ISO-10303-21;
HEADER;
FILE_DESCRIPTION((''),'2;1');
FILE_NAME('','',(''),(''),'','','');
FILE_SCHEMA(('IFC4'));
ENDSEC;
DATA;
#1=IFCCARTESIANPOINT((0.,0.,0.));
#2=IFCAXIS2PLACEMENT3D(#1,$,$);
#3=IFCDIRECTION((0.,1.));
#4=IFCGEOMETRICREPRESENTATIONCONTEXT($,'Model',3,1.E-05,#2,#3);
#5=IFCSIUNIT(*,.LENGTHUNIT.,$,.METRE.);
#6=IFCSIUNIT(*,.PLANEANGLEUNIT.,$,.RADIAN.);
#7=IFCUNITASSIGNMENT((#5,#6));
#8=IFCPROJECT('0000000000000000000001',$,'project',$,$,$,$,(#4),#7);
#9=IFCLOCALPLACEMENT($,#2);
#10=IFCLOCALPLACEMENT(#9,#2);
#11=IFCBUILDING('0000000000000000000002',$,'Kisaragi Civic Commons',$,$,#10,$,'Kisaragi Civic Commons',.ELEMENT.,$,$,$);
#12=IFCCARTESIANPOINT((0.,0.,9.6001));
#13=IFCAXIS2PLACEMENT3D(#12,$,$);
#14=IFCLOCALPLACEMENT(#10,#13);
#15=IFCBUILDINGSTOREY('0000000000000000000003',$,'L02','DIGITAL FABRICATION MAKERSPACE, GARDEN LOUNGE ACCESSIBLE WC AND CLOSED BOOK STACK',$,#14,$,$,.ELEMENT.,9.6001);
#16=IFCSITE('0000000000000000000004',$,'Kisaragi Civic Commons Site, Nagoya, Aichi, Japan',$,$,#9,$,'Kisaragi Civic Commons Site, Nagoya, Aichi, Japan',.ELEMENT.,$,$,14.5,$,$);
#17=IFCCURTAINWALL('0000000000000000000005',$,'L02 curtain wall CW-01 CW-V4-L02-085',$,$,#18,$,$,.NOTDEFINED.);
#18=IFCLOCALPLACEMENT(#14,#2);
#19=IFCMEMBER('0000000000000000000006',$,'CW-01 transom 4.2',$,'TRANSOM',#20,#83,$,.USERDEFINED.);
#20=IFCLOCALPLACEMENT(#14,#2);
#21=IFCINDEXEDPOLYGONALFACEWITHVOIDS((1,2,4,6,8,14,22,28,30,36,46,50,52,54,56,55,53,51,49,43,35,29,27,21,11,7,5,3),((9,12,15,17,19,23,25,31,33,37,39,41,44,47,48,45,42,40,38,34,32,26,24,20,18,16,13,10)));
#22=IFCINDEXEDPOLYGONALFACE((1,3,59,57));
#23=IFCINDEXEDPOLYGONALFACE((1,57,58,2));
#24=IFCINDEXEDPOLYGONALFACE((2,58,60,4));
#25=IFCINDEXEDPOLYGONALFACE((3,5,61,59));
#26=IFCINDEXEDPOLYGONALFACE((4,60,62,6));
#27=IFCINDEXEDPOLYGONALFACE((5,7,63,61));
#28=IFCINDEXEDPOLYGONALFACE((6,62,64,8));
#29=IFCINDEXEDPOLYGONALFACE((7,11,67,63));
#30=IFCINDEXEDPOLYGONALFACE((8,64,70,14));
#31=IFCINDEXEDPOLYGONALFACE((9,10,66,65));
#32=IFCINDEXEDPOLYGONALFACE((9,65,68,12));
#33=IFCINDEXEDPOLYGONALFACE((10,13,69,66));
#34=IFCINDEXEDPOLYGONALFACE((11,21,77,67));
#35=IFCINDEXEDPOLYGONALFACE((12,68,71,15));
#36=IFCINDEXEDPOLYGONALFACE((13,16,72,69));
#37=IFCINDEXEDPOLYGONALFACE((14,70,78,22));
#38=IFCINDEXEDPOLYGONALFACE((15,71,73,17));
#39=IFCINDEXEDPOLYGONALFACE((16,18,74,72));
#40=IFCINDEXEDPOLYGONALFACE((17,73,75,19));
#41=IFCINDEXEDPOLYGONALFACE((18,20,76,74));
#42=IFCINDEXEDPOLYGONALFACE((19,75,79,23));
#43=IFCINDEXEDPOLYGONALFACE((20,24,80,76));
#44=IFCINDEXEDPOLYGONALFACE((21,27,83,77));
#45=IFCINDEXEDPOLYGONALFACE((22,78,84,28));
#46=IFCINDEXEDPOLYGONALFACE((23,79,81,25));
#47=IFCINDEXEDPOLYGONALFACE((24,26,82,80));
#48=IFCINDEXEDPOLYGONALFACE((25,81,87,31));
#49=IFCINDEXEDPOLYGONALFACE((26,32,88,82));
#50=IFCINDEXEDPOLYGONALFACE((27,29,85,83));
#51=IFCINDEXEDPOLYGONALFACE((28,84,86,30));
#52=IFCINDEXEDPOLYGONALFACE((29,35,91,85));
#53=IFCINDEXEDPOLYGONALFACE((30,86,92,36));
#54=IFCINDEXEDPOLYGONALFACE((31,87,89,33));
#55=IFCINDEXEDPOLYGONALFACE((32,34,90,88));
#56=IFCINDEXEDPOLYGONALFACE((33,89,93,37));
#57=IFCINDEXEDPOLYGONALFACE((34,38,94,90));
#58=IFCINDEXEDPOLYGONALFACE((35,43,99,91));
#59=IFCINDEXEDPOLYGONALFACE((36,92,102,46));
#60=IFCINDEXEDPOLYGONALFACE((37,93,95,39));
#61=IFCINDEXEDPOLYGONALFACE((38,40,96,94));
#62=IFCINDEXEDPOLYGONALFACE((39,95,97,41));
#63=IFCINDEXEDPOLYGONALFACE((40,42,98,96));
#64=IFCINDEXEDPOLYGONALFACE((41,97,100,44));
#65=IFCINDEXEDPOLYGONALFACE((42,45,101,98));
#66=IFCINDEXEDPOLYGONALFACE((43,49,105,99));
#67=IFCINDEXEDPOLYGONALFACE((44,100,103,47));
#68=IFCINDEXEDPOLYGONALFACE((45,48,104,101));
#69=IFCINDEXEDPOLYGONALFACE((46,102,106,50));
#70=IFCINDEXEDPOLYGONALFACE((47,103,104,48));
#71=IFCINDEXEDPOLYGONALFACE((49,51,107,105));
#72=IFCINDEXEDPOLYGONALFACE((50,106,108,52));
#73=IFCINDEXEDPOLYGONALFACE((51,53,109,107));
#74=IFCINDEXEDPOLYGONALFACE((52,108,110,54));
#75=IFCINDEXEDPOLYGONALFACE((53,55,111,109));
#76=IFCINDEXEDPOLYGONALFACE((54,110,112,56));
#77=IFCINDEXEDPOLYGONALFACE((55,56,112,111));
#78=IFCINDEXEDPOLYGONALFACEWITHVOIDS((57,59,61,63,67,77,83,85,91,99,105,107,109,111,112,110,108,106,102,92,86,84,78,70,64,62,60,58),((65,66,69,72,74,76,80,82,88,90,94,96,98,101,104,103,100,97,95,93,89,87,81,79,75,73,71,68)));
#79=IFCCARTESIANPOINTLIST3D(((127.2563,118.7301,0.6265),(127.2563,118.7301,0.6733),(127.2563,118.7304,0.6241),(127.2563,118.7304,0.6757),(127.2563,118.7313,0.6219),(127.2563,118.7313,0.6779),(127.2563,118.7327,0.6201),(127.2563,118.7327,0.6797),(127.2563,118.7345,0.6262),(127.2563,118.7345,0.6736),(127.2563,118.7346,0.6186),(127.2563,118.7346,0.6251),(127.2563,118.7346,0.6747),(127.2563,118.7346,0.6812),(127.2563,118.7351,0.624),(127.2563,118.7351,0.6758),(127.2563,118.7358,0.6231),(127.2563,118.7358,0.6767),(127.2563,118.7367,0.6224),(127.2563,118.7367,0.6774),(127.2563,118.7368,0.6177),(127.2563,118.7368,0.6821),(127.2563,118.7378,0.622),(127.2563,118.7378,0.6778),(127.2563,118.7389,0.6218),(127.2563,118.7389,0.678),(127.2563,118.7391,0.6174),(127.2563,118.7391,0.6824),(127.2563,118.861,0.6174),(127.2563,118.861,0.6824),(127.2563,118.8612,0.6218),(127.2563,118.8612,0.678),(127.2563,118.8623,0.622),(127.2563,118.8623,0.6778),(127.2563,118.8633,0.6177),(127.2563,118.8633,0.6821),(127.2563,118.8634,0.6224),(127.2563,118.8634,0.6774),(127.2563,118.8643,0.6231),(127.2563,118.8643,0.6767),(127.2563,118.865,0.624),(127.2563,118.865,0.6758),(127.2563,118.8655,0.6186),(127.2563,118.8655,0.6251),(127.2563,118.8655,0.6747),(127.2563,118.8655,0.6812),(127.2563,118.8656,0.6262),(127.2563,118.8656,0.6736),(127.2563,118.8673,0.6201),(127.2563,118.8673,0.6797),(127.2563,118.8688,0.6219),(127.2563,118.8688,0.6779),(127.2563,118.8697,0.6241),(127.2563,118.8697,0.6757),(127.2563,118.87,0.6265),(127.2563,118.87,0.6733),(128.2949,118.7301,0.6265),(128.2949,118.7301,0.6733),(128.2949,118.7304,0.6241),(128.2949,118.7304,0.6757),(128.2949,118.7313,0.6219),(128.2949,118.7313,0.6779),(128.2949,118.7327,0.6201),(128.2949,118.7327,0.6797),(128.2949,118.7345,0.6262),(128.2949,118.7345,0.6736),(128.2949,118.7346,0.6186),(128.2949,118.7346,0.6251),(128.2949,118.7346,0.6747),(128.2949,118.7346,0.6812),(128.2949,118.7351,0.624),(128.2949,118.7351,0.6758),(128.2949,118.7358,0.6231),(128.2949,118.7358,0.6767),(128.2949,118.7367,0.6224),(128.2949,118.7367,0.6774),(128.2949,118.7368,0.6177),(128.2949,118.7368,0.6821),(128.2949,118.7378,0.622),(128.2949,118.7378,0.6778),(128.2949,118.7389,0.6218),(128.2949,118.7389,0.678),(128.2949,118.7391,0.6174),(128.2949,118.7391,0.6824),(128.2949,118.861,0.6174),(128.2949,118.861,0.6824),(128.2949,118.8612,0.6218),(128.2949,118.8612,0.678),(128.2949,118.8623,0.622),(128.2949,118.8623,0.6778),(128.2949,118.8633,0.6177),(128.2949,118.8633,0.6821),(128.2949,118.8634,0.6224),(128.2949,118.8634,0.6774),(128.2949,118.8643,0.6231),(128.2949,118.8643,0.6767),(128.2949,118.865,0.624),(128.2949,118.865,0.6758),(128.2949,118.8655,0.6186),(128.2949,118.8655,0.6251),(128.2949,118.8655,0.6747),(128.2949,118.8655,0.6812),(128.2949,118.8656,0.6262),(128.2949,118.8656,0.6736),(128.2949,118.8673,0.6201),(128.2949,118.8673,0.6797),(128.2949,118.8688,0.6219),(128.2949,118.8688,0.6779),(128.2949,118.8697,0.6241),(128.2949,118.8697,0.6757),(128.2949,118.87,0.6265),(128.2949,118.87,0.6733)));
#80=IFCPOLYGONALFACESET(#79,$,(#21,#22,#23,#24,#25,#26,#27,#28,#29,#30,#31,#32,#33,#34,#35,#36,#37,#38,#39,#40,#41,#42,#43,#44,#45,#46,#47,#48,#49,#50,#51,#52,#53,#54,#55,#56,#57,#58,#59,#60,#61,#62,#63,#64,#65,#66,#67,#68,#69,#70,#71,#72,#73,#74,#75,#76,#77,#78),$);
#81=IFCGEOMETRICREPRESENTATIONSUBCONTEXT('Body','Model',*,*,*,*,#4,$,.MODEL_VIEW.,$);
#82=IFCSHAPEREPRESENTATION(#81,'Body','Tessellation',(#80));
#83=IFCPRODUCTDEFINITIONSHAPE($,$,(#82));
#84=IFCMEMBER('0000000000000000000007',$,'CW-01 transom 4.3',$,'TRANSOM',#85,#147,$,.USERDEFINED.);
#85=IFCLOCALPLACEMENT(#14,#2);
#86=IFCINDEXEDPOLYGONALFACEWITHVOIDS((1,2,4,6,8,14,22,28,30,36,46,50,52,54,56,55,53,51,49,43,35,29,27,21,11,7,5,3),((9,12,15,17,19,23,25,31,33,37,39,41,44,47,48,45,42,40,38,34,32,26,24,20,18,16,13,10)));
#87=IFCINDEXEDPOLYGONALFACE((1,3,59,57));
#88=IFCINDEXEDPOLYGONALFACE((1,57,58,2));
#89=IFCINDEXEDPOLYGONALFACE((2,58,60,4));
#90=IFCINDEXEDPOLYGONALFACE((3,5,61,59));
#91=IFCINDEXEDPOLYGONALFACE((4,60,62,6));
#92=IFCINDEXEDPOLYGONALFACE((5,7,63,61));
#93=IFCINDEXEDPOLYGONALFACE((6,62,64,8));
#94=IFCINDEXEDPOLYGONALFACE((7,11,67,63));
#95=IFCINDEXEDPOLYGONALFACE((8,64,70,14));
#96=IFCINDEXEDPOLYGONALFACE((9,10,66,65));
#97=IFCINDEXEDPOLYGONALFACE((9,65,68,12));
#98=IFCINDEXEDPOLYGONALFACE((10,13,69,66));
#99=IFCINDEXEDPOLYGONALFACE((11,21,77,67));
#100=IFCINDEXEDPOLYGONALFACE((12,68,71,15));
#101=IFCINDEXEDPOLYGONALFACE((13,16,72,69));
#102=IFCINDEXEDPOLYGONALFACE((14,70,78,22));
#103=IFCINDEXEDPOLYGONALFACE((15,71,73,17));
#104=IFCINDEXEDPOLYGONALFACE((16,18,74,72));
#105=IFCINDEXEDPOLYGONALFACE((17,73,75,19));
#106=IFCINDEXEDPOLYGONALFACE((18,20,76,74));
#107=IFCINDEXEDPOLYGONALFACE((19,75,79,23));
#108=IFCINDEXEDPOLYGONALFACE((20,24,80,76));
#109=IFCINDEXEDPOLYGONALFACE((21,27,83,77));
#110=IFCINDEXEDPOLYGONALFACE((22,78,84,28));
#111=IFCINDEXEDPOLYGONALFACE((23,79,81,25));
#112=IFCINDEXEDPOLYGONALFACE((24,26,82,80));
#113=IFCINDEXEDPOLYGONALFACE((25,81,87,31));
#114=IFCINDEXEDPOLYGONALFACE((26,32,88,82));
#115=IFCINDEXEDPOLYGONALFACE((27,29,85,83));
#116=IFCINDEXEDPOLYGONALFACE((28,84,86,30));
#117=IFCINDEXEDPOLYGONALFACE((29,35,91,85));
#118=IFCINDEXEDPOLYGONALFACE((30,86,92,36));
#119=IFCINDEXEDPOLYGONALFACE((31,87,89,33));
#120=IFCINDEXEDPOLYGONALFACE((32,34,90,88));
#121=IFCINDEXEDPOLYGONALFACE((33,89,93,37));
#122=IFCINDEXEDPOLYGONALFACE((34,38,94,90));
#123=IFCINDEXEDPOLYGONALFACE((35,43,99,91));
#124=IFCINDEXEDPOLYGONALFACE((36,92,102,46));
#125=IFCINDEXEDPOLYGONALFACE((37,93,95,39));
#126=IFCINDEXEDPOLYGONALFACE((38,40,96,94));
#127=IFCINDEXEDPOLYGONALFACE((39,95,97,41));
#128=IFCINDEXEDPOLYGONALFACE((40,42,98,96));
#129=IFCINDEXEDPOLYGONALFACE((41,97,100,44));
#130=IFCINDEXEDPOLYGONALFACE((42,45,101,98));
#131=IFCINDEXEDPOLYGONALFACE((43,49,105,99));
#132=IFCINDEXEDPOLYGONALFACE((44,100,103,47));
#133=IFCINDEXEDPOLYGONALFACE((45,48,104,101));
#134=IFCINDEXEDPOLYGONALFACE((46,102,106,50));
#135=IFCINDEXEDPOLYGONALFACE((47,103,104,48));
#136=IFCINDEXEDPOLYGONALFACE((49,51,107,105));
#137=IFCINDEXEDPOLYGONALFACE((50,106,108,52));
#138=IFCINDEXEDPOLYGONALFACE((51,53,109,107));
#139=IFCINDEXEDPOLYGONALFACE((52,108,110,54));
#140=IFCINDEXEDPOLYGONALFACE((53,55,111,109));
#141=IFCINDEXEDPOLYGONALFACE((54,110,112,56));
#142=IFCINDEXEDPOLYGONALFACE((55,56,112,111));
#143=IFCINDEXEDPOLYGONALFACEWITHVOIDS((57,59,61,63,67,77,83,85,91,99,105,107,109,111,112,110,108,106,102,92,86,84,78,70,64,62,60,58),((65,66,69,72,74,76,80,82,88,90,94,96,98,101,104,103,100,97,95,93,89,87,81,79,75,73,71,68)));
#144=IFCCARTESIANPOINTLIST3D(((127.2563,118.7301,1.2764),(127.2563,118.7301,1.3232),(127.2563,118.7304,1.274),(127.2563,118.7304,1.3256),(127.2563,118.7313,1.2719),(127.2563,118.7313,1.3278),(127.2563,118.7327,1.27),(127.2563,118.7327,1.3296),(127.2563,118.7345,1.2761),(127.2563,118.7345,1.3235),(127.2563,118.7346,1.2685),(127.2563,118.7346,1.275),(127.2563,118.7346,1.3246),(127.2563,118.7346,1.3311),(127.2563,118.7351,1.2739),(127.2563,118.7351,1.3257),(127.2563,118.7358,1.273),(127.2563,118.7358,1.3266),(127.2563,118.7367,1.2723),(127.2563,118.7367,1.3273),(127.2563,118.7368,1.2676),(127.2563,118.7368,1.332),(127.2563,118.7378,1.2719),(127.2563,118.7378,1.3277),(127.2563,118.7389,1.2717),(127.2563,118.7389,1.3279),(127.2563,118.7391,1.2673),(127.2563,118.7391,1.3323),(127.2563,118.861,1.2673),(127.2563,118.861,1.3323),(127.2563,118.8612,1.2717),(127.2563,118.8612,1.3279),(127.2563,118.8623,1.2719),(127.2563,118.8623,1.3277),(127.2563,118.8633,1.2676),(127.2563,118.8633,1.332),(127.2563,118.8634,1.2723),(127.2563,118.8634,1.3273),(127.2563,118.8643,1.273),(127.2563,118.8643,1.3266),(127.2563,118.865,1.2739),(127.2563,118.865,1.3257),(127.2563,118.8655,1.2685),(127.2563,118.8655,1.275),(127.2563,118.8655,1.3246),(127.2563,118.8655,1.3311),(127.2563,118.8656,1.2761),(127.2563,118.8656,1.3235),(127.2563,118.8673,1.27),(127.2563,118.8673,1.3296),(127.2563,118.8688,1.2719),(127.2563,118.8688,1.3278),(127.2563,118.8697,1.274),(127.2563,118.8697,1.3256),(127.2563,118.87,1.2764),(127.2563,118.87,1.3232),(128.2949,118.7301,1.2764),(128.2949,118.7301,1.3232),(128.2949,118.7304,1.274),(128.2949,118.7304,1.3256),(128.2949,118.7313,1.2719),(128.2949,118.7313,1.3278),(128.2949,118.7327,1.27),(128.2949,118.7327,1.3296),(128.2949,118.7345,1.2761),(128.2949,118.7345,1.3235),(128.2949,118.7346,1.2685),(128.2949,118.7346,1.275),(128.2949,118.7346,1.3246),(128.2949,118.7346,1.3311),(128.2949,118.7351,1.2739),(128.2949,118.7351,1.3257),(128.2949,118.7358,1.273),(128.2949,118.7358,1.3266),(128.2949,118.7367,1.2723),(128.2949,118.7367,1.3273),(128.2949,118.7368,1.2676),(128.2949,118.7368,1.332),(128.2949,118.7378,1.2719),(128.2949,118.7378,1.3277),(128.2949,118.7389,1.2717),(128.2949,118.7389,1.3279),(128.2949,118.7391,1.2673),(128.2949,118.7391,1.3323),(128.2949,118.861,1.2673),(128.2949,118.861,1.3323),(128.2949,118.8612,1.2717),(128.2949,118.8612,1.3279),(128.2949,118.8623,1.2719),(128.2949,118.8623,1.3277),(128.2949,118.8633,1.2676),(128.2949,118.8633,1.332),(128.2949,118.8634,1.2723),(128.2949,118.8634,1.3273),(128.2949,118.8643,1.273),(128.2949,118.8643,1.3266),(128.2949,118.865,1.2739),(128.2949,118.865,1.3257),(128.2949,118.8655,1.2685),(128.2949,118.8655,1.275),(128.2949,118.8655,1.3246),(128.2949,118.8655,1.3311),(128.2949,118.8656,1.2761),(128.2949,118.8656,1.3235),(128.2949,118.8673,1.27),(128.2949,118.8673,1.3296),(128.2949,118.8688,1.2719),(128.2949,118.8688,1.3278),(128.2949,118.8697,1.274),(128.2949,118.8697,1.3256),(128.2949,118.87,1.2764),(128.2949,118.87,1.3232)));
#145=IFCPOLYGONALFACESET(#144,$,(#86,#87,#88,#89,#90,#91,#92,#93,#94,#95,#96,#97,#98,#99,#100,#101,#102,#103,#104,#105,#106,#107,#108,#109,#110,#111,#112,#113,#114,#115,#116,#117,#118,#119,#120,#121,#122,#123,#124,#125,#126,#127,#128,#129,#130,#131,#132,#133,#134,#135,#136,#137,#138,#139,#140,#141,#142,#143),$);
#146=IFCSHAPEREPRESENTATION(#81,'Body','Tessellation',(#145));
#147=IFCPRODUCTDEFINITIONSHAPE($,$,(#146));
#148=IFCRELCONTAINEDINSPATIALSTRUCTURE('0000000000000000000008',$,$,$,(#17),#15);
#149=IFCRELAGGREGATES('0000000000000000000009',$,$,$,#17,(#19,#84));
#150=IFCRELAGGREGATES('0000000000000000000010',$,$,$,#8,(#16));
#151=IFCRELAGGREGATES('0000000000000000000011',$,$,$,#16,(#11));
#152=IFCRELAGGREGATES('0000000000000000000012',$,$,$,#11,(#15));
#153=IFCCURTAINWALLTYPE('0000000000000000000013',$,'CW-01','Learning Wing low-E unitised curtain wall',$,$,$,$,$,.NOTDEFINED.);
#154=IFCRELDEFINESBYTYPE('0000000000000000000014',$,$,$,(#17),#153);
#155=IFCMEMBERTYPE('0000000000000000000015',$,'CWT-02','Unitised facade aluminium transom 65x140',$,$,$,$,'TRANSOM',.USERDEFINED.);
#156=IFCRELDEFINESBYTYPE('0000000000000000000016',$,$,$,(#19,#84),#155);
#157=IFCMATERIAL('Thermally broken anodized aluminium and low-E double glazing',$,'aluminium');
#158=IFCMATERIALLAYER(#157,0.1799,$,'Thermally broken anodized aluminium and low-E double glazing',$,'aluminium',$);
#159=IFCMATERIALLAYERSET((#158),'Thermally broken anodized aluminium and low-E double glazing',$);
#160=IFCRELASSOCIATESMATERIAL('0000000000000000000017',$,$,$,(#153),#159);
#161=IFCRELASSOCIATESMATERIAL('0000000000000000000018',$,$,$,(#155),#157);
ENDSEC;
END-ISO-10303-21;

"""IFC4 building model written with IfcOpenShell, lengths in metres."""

from ifc_helpers import new_model, si_unit, direction, frame, origin, origin_2d, place, context, subcontext, project, spatial, hollow_rectangle, extrude, material, layer, layer_set, material_profile, profile_set, type_object, element, aggregate, save


model = new_model("IFC4")

# Units and contexts
model_context = context("Model", 3, precision=1e-05, world=origin(), true_north=direction((0.0, 1.0)))
body_context = subcontext(model_context, "Body", "Model", "MODEL_VIEW")
ifc_project = project(units=[si_unit("LENGTHUNIT", "METRE"), si_unit("PLANEANGLEUNIT", "RADIAN")], contexts=[model_context])

# Site, building, storey
site_placement = place(None, origin())
site = spatial("IfcSite", under=ifc_project, at=site_placement, Name="Kisaragi Civic Commons Site, Nagoya, Aichi, Japan", LongName="Kisaragi Civic Commons Site, Nagoya, Aichi, Japan", CompositionType="ELEMENT", RefElevation=14.5)
building_placement = place(site_placement, origin())
building = spatial("IfcBuilding", under=site, at=building_placement, Name="Kisaragi Civic Commons", LongName="Kisaragi Civic Commons", CompositionType="ELEMENT")
storey_placement = place(building_placement, frame((0.0, 0.0, 9.6001)))
storey = spatial("IfcBuildingStorey", under=building, at=storey_placement, Name="L02", Description="DIGITAL FABRICATION MAKERSPACE, GARDEN LOUNGE ACCESSIBLE WC AND CLOSED BOOK STACK", CompositionType="ELEMENT", Elevation=9.6001)

# Curtain wall
ifc_material_1 = material(Name="Thermally broken anodized aluminium and low-E double glazing", Category="aluminium")
ifc_layer_1 = layer(ifc_material_1, 0.1799, Name="Thermally broken anodized aluminium and low-E double glazing", Category="aluminium")
ifc_layer_set_1 = layer_set([ifc_layer_1], Name="Thermally broken anodized aluminium and low-E double glazing")
curtain_wall_type = type_object("IfcCurtainWallType", Name="CW-01", Description="Learning Wing low-E unitised curtain wall", PredefinedType="NOTDEFINED", material=ifc_layer_set_1)
curtain_wall_1_placement = place(storey_placement, origin())
curtain_wall_1 = element("IfcCurtainWall", 1, at=curtain_wall_1_placement, inside=storey, type_object=curtain_wall_type, Name="L02 curtain wall CW-01 CW-V4-L02-085", PredefinedType="NOTDEFINED")

# Members
ifc_material_profile_1 = material_profile(ifc_material_1, hollow_rectangle(XDim=0.1399, YDim=0.0649, WallThickness=0.0044, InnerFilletRadius=0.0044, OuterFilletRadius=0.009, at=origin_2d()), Name="CWT-65x140x4.5", Category="aluminium")
ifc_profile_set_1 = profile_set([ifc_material_profile_1], Name="Thermally broken anodized aluminium and low-E double glazing")
member_type_1 = type_object("IfcMemberType", Name="CWT-02", Description="Unitised facade aluminium transom 65x140", ElementType="TRANSOM", PredefinedType="USERDEFINED", material=ifc_profile_set_1)
member_1_placement = place(storey_placement, frame((127.2563, 118.8, 0.6499), z_axis=(1.0, 0.0, 0.0), x_axis=(0.0, 1.0, 0.0)))
member_1 = element("IfcMember", 2, at=member_1_placement, type_object=member_type_1, Name="CW-01 transom 4.2", ObjectType="TRANSOM", PredefinedType="USERDEFINED", context=body_context, shape_type="SweptSolid", body=[
    extrude(hollow_rectangle(XDim=0.1399, YDim=0.0649, WallThickness=0.0044, InnerFilletRadius=0.0044, OuterFilletRadius=0.009, at=origin_2d()), origin(), (0.0, 0.0, 1.0), 1.0386),
])
member_2_placement = place(storey_placement, frame((127.2563, 118.8, 1.2998), z_axis=(1.0, 0.0, 0.0), x_axis=(0.0, 1.0, 0.0)))
member_2 = element("IfcMember", 3, at=member_2_placement, type_object=member_type_1, Name="CW-01 transom 4.3", ObjectType="TRANSOM", PredefinedType="USERDEFINED", context=body_context, shape_type="SweptSolid", body=[
    extrude(hollow_rectangle(XDim=0.1399, YDim=0.0649, WallThickness=0.0044, InnerFilletRadius=0.0044, OuterFilletRadius=0.009, at=origin_2d()), origin(), (0.0, 0.0, 1.0), 1.0386),
])

aggregate(curtain_wall_1, [member_1, member_2])

save(model, "model.ifc")
